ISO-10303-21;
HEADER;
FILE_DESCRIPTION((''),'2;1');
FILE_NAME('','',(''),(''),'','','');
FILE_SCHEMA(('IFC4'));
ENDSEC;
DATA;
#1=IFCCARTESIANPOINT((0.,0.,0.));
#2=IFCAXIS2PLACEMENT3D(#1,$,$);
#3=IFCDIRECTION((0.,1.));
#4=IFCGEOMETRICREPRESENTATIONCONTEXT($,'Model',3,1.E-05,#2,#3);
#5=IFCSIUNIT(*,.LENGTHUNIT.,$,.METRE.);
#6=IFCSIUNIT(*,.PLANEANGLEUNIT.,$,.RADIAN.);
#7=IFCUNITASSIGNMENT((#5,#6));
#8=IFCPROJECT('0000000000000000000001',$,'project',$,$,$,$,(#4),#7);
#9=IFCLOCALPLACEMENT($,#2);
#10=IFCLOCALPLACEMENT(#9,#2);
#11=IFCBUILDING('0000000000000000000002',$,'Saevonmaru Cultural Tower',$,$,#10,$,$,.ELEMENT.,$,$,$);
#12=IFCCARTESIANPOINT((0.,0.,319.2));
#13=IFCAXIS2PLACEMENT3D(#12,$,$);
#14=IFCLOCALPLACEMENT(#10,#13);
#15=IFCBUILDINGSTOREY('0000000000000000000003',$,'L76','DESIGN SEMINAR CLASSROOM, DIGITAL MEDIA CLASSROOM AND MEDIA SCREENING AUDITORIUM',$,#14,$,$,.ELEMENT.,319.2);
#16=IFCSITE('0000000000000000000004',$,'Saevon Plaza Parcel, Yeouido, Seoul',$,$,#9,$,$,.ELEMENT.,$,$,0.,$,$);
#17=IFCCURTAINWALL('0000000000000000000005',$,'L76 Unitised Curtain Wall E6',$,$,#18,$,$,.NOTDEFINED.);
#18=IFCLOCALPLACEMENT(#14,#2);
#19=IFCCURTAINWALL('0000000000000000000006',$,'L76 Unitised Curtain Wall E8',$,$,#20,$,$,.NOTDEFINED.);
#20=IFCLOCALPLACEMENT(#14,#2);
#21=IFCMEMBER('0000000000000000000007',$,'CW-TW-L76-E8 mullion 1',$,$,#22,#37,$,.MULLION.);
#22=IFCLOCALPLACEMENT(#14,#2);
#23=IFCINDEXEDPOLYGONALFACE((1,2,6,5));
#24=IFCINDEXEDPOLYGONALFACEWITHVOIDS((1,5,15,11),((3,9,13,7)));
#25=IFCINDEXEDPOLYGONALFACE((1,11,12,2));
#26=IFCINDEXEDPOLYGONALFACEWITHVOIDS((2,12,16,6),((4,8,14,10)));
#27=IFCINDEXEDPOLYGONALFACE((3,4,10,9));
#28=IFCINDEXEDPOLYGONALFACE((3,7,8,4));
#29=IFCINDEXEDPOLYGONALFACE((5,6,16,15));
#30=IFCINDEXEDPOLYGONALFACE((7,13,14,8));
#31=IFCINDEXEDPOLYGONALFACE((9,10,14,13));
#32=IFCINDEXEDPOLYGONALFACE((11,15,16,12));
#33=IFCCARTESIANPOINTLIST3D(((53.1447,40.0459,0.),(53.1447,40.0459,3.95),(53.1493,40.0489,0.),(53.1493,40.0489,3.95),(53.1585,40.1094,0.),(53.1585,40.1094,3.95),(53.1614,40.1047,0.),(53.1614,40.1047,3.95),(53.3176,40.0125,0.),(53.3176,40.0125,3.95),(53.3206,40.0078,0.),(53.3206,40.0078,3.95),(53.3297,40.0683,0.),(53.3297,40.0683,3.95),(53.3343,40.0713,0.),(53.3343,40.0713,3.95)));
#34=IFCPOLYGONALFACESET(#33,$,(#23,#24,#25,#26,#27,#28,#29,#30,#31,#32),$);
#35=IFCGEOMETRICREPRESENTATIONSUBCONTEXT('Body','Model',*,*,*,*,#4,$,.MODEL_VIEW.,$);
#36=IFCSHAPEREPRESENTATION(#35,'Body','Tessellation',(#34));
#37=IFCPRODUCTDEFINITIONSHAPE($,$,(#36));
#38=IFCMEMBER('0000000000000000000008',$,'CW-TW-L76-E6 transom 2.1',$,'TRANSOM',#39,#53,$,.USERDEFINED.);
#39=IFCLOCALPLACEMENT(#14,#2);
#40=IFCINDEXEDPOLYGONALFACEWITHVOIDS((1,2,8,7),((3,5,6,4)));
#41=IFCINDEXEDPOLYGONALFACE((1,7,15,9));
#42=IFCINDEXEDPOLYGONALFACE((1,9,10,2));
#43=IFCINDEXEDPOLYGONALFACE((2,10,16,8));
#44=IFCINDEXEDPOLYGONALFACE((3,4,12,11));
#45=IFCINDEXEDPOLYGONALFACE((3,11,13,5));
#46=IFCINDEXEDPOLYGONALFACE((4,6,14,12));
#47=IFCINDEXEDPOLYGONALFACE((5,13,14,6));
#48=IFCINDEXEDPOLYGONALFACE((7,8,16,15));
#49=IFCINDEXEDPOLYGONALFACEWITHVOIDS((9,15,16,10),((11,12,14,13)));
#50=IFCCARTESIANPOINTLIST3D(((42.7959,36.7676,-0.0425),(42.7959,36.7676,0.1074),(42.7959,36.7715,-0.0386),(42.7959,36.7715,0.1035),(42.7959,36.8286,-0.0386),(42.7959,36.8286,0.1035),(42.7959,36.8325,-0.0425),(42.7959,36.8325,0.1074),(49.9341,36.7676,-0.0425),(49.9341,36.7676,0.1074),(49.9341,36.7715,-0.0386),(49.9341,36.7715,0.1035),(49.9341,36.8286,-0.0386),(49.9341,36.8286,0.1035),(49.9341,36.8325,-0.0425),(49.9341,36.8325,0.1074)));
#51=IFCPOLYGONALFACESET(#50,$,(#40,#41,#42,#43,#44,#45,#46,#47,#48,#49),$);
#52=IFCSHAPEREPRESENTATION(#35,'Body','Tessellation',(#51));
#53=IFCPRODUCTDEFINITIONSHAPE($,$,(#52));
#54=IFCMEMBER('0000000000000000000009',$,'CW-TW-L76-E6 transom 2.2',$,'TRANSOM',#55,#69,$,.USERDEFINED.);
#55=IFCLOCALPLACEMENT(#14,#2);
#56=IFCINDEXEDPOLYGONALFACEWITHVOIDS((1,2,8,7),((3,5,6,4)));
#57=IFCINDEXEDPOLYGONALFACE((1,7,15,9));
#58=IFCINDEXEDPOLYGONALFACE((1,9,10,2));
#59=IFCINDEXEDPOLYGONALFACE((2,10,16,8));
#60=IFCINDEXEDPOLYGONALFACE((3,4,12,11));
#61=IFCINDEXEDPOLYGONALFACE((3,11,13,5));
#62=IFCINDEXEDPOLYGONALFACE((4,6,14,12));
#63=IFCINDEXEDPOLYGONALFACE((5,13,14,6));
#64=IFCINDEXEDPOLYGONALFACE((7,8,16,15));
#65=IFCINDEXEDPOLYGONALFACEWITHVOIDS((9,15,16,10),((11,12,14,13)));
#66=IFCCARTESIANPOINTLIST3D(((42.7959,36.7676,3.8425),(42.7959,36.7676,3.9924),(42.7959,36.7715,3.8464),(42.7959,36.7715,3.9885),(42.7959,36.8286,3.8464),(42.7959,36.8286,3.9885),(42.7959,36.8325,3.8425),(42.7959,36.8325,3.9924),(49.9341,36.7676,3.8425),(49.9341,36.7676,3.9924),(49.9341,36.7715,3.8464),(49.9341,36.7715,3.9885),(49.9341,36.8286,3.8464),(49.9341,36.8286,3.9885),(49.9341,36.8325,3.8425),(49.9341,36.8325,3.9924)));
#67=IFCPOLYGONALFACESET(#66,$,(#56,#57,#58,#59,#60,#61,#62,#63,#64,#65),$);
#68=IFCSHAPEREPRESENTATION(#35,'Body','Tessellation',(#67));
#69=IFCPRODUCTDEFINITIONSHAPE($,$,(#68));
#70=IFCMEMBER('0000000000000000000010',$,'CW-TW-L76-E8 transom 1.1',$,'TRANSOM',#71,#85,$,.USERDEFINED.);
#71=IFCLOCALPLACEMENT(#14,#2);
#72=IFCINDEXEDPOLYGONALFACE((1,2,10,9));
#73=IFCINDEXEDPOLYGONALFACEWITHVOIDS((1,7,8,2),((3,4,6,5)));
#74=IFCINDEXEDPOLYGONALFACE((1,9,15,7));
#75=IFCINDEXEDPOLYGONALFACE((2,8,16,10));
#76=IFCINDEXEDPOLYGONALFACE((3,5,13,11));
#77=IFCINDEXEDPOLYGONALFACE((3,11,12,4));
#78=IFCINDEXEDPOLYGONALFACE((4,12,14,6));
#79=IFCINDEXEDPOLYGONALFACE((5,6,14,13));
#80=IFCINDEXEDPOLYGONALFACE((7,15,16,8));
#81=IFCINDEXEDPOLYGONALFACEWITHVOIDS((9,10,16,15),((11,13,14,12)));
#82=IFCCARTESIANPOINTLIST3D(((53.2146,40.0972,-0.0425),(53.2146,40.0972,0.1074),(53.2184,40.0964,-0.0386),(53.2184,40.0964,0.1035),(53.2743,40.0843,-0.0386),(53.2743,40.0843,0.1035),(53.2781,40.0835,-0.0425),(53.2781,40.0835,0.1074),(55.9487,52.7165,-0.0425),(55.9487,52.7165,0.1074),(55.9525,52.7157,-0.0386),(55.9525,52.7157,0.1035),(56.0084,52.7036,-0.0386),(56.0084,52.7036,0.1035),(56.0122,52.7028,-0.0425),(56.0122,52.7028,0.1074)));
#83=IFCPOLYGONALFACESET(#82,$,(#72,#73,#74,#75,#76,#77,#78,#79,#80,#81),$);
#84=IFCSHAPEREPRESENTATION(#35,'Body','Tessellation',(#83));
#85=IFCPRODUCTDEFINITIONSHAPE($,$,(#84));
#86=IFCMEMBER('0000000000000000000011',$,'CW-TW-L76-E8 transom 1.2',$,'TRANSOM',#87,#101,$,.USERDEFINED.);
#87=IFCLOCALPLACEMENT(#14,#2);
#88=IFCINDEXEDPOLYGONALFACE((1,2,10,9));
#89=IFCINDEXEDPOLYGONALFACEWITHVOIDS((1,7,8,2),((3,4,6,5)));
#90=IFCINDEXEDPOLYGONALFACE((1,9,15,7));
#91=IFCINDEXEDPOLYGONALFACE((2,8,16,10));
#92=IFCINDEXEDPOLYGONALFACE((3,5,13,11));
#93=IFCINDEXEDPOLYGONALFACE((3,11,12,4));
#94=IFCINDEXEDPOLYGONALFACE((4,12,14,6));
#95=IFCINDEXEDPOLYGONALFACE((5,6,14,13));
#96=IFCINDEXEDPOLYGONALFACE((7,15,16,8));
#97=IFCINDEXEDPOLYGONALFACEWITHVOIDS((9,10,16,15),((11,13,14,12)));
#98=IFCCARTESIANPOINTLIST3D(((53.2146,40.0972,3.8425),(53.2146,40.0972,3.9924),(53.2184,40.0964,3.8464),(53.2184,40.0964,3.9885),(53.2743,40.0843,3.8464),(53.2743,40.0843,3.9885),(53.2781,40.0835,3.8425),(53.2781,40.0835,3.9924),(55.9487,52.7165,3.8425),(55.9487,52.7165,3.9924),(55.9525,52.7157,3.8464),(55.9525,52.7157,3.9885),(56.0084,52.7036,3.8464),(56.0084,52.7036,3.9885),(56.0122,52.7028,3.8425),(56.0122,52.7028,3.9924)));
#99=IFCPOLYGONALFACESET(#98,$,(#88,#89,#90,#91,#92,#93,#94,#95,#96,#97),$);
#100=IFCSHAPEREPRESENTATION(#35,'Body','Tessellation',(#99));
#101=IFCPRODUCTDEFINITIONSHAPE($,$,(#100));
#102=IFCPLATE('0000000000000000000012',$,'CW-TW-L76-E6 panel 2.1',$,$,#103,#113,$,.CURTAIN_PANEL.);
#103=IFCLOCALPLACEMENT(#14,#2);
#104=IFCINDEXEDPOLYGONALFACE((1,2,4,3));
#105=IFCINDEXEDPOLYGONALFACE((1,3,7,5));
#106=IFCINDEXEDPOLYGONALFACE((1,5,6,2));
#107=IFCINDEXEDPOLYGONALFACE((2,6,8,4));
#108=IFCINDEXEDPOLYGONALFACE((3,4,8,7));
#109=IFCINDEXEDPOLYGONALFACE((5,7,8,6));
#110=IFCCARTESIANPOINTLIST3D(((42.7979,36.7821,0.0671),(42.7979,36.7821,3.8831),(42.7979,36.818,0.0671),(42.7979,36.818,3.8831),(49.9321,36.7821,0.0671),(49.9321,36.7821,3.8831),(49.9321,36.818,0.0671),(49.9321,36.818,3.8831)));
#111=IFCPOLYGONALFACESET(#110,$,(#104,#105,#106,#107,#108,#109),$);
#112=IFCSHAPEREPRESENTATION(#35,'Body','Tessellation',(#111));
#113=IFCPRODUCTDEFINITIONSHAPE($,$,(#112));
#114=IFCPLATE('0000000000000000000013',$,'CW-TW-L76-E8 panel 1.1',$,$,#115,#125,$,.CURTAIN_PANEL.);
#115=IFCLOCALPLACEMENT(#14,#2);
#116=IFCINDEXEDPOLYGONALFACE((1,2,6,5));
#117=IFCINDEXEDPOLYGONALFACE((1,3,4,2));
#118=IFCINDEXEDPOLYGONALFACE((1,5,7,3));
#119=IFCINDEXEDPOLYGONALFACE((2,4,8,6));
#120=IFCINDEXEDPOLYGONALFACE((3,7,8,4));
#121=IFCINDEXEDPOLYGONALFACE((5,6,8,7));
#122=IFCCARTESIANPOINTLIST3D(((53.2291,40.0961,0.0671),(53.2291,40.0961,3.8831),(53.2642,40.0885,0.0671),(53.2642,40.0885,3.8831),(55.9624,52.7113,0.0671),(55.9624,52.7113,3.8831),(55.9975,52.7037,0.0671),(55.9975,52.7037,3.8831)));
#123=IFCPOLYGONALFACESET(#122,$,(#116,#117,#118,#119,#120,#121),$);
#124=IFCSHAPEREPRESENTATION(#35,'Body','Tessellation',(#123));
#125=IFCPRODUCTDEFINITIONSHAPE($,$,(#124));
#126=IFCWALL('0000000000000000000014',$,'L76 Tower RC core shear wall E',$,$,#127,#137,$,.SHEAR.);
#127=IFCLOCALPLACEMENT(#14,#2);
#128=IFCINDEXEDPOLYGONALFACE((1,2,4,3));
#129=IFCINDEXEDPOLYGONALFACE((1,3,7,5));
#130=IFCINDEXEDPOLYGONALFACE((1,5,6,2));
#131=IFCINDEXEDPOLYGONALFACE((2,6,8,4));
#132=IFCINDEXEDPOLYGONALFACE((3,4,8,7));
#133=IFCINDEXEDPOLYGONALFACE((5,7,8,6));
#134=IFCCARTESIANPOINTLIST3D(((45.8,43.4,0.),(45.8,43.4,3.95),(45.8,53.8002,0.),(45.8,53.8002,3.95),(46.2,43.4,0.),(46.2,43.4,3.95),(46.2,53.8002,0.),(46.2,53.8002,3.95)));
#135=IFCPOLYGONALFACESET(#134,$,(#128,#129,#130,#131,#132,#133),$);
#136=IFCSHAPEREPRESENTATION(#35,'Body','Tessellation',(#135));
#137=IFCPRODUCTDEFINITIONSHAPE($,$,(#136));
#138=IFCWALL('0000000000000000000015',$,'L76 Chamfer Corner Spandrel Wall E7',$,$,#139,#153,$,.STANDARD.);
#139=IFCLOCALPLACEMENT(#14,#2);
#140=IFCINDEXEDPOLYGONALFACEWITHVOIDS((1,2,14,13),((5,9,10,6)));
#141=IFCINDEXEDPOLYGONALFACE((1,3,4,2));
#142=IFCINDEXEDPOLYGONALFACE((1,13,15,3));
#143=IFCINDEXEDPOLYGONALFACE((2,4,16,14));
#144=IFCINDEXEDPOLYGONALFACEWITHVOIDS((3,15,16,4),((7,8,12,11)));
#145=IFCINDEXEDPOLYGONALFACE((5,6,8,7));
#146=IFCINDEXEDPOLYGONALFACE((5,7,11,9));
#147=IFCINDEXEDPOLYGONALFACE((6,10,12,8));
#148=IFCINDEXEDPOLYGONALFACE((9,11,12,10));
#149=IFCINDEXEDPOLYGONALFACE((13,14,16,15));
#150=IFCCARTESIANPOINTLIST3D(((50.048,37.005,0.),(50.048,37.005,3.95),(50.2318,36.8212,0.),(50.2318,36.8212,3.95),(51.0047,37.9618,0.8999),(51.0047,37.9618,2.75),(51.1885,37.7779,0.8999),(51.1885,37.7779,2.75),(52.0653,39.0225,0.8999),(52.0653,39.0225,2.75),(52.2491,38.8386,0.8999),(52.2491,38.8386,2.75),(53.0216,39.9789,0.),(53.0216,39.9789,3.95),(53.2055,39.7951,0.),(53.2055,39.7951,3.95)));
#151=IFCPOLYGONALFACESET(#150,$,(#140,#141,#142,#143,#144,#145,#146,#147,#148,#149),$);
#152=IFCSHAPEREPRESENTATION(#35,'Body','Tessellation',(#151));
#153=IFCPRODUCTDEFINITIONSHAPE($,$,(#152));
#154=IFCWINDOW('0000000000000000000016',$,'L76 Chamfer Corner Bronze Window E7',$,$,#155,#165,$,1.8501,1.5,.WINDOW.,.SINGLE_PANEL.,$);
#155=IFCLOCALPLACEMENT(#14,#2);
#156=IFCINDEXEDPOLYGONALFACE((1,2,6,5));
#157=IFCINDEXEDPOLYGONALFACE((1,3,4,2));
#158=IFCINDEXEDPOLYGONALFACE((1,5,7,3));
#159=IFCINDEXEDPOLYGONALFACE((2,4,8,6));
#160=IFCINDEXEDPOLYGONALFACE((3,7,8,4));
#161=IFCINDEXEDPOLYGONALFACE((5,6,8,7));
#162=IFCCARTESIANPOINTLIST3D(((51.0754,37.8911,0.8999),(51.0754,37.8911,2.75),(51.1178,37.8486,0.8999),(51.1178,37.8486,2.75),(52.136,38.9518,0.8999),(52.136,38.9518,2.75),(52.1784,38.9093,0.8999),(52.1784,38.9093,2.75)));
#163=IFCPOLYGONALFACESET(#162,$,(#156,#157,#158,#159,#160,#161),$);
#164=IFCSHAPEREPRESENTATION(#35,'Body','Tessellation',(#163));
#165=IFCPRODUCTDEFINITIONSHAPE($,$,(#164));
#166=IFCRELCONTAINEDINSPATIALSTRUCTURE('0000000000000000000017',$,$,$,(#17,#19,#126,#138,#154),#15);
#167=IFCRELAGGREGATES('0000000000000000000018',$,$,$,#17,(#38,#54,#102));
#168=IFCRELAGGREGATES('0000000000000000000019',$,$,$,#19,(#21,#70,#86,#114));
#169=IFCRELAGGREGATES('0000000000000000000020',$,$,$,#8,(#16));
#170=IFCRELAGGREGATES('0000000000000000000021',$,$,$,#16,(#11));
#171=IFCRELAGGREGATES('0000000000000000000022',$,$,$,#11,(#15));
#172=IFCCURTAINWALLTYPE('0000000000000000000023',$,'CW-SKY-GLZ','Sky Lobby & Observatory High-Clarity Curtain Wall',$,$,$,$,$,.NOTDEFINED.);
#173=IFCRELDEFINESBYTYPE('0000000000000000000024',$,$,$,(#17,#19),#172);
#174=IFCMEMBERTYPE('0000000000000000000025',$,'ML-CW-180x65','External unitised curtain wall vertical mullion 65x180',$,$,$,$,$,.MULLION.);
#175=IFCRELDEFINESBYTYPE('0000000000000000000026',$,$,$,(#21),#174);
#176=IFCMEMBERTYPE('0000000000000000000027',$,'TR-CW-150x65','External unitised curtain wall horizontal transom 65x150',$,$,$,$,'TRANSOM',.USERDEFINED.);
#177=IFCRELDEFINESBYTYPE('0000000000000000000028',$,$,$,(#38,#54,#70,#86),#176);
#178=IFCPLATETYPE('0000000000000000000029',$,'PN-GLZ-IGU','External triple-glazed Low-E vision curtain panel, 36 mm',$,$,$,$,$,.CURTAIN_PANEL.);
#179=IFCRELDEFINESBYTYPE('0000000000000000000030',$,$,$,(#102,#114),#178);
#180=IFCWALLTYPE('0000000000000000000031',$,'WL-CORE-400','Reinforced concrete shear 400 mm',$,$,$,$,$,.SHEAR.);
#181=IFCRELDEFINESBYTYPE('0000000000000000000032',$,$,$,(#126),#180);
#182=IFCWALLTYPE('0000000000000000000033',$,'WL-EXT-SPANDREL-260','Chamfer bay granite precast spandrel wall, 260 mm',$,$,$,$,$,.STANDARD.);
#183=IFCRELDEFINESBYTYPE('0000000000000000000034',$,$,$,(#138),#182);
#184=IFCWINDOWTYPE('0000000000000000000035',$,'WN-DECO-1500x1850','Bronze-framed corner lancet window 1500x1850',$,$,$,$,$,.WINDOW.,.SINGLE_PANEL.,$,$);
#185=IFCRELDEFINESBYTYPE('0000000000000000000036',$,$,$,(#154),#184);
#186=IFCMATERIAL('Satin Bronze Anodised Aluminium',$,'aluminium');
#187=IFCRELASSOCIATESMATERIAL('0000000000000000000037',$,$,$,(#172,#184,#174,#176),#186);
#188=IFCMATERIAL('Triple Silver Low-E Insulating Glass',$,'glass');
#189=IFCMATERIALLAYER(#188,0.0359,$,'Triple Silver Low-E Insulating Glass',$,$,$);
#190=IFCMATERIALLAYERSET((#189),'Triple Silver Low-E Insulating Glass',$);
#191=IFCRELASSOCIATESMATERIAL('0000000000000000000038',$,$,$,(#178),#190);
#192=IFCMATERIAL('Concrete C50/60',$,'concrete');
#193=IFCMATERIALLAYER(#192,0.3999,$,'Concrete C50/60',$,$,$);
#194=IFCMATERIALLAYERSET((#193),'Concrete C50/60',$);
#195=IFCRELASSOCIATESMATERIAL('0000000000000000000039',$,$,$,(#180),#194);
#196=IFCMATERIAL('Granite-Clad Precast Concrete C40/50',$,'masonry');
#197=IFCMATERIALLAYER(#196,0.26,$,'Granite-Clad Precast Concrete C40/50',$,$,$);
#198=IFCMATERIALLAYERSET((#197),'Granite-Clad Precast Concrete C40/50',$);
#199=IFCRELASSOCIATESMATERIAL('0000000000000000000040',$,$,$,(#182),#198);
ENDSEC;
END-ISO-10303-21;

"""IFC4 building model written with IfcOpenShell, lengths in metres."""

from ifc_helpers import new_model, si_unit, direction, frame, frame_2d, origin, origin_2d, place, context, subcontext, project, spatial, rectangle, hollow_rectangle, extrude, material, layer, layer_set, material_profile, profile_set, type_object, element, fill, aggregate, save


model = new_model("IFC4")

# Units and contexts
model_context = context("Model", 3, precision=1e-05, world=origin(), true_north=direction((0.0, 1.0)))
body_context = subcontext(model_context, "Body", "Model", "MODEL_VIEW")
ifc_project = project(units=[si_unit("LENGTHUNIT", "METRE"), si_unit("PLANEANGLEUNIT", "RADIAN")], contexts=[model_context])

# Site, building, storey
site_placement = place(None, origin())
site = spatial("IfcSite", under=ifc_project, at=site_placement, Name="Saevon Plaza Parcel, Yeouido, Seoul", CompositionType="ELEMENT", RefElevation=0.0)
building_placement = place(site_placement, origin())
building = spatial("IfcBuilding", under=site, at=building_placement, Name="Saevonmaru Cultural Tower", CompositionType="ELEMENT")
storey_placement = place(building_placement, frame((0.0, 0.0, 319.2)))
storey = spatial("IfcBuildingStorey", under=building, at=storey_placement, Name="L76", Description="DESIGN SEMINAR CLASSROOM, DIGITAL MEDIA CLASSROOM AND MEDIA SCREENING AUDITORIUM", CompositionType="ELEMENT", Elevation=319.2)

# Curtain wall
ifc_material_1 = material(Name="Satin Bronze Anodised Aluminium", Category="aluminium")
curtain_wall_type = type_object("IfcCurtainWallType", Name="CW-SKY-GLZ", Description="Sky Lobby & Observatory High-Clarity Curtain Wall", PredefinedType="NOTDEFINED", material=ifc_material_1)
curtain_wall_1_placement = place(storey_placement, origin())
curtain_wall_1 = element("IfcCurtainWall", 1, at=curtain_wall_1_placement, inside=storey, type_object=curtain_wall_type, Name="L76 Unitised Curtain Wall E6", PredefinedType="NOTDEFINED")
ifc_material_profile_1 = material_profile(ifc_material_1, hollow_rectangle(XDim=0.0649, YDim=0.1799, WallThickness=0.0039, at=origin_2d()), Name="ALU-MULL-180x65x4")
ifc_profile_set_1 = profile_set([ifc_material_profile_1], Name="Satin Bronze Anodised Aluminium")
member_type_1 = type_object("IfcMemberType", Name="ML-CW-180x65", Description="External unitised curtain wall vertical mullion 65x180", PredefinedType="MULLION", material=ifc_profile_set_1)

# Curtain wall, member
curtain_wall_2_placement = place(storey_placement, origin())
curtain_wall_2 = element("IfcCurtainWall", 2, at=curtain_wall_2_placement, inside=storey, type_object=curtain_wall_type, Name="L76 Unitised Curtain Wall E8", PredefinedType="NOTDEFINED")
member_1_placement = place(storey_placement, frame((53.2395, 40.0586, 0.0), z_axis=(0.0, 0.0, 1.0), x_axis=(0.21175, 0.977324, 0.0)))
member_1 = element("IfcMember", 3, at=member_1_placement, type_object=member_type_1, Name="CW-TW-L76-E8 mullion 1", PredefinedType="MULLION", context=body_context, shape_type="SweptSolid", body=[
    extrude(hollow_rectangle(XDim=0.0649, YDim=0.1799, WallThickness=0.0039, at=origin_2d()), origin(), (0.0, 0.0, 1.0), 3.95),
])

# Members
ifc_material_profile_2 = material_profile(ifc_material_1, hollow_rectangle(XDim=0.0649, YDim=0.1499, WallThickness=0.0039, at=origin_2d()), Name="ALU-TRAN-150x65x4")
ifc_profile_set_2 = profile_set([ifc_material_profile_2], Name="Satin Bronze Anodised Aluminium")
member_type_2 = type_object("IfcMemberType", Name="TR-CW-150x65", Description="External unitised curtain wall horizontal transom 65x150", ElementType="TRANSOM", PredefinedType="USERDEFINED", material=ifc_profile_set_2)
member_2_placement = place(storey_placement, frame((42.7959, 36.8, 0.0325), z_axis=(1.0, 0.0, 0.0), x_axis=(0.0, 1.0, 0.0)))
member_2 = element("IfcMember", 4, at=member_2_placement, type_object=member_type_2, Name="CW-TW-L76-E6 transom 2.1", ObjectType="TRANSOM", PredefinedType="USERDEFINED", context=body_context, shape_type="SweptSolid", body=[
    extrude(hollow_rectangle(XDim=0.0649, YDim=0.1499, WallThickness=0.0039, at=origin_2d()), origin(), (0.0, 0.0, 1.0), 7.1382),
])
member_3_placement = place(storey_placement, frame((42.7959, 36.8, 3.9175), z_axis=(1.0, 0.0, 0.0), x_axis=(0.0, 1.0, 0.0)))
member_3 = element("IfcMember", 5, at=member_3_placement, type_object=member_type_2, Name="CW-TW-L76-E6 transom 2.2", ObjectType="TRANSOM", PredefinedType="USERDEFINED", context=body_context, shape_type="SweptSolid", body=[
    extrude(hollow_rectangle(XDim=0.0649, YDim=0.1499, WallThickness=0.0039, at=origin_2d()), origin(), (0.0, 0.0, 1.0), 7.1382),
])
member_4_placement = place(storey_placement, frame((53.2463, 40.0903, 0.0325), z_axis=(0.211748, 0.977324, 0.0), x_axis=(-0.977324, 0.211748, 0.0)))
member_4 = element("IfcMember", 6, at=member_4_placement, type_object=member_type_2, Name="CW-TW-L76-E8 transom 1.1", ObjectType="TRANSOM", PredefinedType="USERDEFINED", context=body_context, shape_type="SweptSolid", body=[
    extrude(hollow_rectangle(XDim=0.0649, YDim=0.1499, WallThickness=0.0039, at=origin_2d()), origin(), (0.0, 0.0, 1.0), 12.9121),
])
member_5_placement = place(storey_placement, frame((53.2463, 40.0903, 3.9175), z_axis=(0.211748, 0.977324, 0.0), x_axis=(-0.977324, 0.211748, 0.0)))
member_5 = element("IfcMember", 7, at=member_5_placement, type_object=member_type_2, Name="CW-TW-L76-E8 transom 1.2", ObjectType="TRANSOM", PredefinedType="USERDEFINED", context=body_context, shape_type="SweptSolid", body=[
    extrude(hollow_rectangle(XDim=0.0649, YDim=0.1499, WallThickness=0.0039, at=origin_2d()), origin(), (0.0, 0.0, 1.0), 12.9121),
])

# Plates
ifc_material_2 = material(Name="Triple Silver Low-E Insulating Glass", Category="glass")
ifc_layer_1 = layer(ifc_material_2, 0.0359, Name="Triple Silver Low-E Insulating Glass")
ifc_layer_set_1 = layer_set([ifc_layer_1], Name="Triple Silver Low-E Insulating Glass")
plate_type = type_object("IfcPlateType", Name="PN-GLZ-IGU", Description="External triple-glazed Low-E vision curtain panel, 36 mm", PredefinedType="CURTAIN_PANEL", material=ifc_layer_set_1)
plate_1_placement = place(storey_placement, frame((46.365, 36.8, 0.0671), z_axis=(0.0, 0.0, 1.0), x_axis=(1.0, 0.0, 0.0)))
plate_1 = element("IfcPlate", 8, at=plate_1_placement, type_object=plate_type, Name="CW-TW-L76-E6 panel 2.1", PredefinedType="CURTAIN_PANEL", context=body_context, shape_type="SweptSolid", body=[
    extrude(rectangle(XDim=7.1343, YDim=0.0359, at=origin_2d()), origin(), (0.0, 0.0, 1.0), 3.8159),
])
aggregate(curtain_wall_1, [member_2, member_3, plate_1])
plate_2_placement = place(storey_placement, frame((54.6133, 46.3999, 0.0671), z_axis=(0.0, 0.0, 1.0), x_axis=(0.21175, 0.977324, 0.0)))
plate_2 = element("IfcPlate", 9, at=plate_2_placement, type_object=plate_type, Name="CW-TW-L76-E8 panel 1.1", PredefinedType="CURTAIN_PANEL", context=body_context, shape_type="SweptSolid", body=[
    extrude(rectangle(XDim=12.908, YDim=0.0359, at=origin_2d()), origin(), (0.0, 0.0, 1.0), 3.8159),
])
aggregate(curtain_wall_2, [member_1, member_4, member_5, plate_2])

# Wall
ifc_material_3 = material(Name="Concrete C50/60", Category="concrete")
ifc_layer_2 = layer(ifc_material_3, 0.3999, Name="Concrete C50/60")
ifc_layer_set_2 = layer_set([ifc_layer_2], Name="Concrete C50/60")
wall_type_1 = type_object("IfcWallType", Name="WL-CORE-400", Description="Reinforced concrete shear 400 mm", PredefinedType="SHEAR", material=ifc_layer_set_2)
wall_1_placement = place(storey_placement, frame((46.0, 43.3999, 0.0), z_axis=(0.0, 0.0, 1.0), x_axis=(0.0, 1.0, 0.0)))
element("IfcWall", 10, at=wall_1_placement, inside=storey, type_object=wall_type_1, Name="L76 Tower RC core shear wall E", PredefinedType="SHEAR", context=body_context, shape_type="SweptSolid", body=[
    extrude(rectangle(XDim=10.4001, YDim=0.3999, at=frame_2d((5.2002, 0.0))), origin(), (0.0, 0.0, 1.0), 3.95),
])

# Wall, opening, window
ifc_material_4 = material(Name="Granite-Clad Precast Concrete C40/50", Category="masonry")
ifc_layer_3 = layer(ifc_material_4, 0.26, Name="Granite-Clad Precast Concrete C40/50")
ifc_layer_set_3 = layer_set([ifc_layer_3], Name="Granite-Clad Precast Concrete C40/50")
wall_type_2 = type_object("IfcWallType", Name="WL-EXT-SPANDREL-260", Description="Chamfer bay granite precast spandrel wall, 260 mm", PredefinedType="STANDARD", material=ifc_layer_set_3)
wall_2_placement = place(storey_placement, frame((50.1399, 36.9131, 0.0), z_axis=(0.0, 0.0, 1.0), x_axis=(0.707078, 0.707136, 0.0)))
wall_2 = element("IfcWall", 11, at=wall_2_placement, inside=storey, type_object=wall_type_2, Name="L76 Chamfer Corner Spandrel Wall E7", PredefinedType="STANDARD", context=body_context, shape_type="SweptSolid", body=[
    extrude(rectangle(XDim=4.2056, YDim=0.26, at=frame_2d((2.1028, 0.0))), origin(), (0.0, 0.0, 1.0), 3.95),
])
opening_1_placement = place(wall_2_placement, frame((1.353, 0.0, 0.8999)))
opening_1 = element("IfcOpeningElement", 12, at=opening_1_placement, cuts=wall_2, PredefinedType="OPENING", context=body_context, shape_type="SweptSolid", body=[
    extrude(rectangle(XDim=1.5, YDim=1.8501, at=frame_2d((0.75, 0.925))), frame((0.0, 0.1401, 0.0), z_axis=(0.0, -1.0, 0.0), x_axis=(1.0, 0.0, 0.0)), (0.0, 0.0, 1.0), 0.28),
])
window_type = type_object("IfcWindowType", Name="WN-DECO-1500x1850", Description="Bronze-framed corner lancet window 1500x1850", PartitioningType="SINGLE_PANEL", PredefinedType="WINDOW", material=ifc_material_1)
window_placement = place(opening_1_placement, origin())
window = element("IfcWindow", 13, at=window_placement, inside=storey, type_object=window_type, Name="L76 Chamfer Corner Bronze Window E7", OverallHeight=1.8501, OverallWidth=1.5, PartitioningType="SINGLE_PANEL", PredefinedType="WINDOW", context=body_context, shape_type="SweptSolid", body=[
    extrude(rectangle(XDim=1.5, YDim=1.8501, at=frame_2d((0.75, 0.925))), frame((0.0, 0.03, 0.0), z_axis=(0.0, -1.0, 0.0), x_axis=(1.0, 0.0, 0.0)), (0.0, 0.0, 1.0), 0.0601),
])
fill(opening_1, window)

save(model, "model.ifc")
